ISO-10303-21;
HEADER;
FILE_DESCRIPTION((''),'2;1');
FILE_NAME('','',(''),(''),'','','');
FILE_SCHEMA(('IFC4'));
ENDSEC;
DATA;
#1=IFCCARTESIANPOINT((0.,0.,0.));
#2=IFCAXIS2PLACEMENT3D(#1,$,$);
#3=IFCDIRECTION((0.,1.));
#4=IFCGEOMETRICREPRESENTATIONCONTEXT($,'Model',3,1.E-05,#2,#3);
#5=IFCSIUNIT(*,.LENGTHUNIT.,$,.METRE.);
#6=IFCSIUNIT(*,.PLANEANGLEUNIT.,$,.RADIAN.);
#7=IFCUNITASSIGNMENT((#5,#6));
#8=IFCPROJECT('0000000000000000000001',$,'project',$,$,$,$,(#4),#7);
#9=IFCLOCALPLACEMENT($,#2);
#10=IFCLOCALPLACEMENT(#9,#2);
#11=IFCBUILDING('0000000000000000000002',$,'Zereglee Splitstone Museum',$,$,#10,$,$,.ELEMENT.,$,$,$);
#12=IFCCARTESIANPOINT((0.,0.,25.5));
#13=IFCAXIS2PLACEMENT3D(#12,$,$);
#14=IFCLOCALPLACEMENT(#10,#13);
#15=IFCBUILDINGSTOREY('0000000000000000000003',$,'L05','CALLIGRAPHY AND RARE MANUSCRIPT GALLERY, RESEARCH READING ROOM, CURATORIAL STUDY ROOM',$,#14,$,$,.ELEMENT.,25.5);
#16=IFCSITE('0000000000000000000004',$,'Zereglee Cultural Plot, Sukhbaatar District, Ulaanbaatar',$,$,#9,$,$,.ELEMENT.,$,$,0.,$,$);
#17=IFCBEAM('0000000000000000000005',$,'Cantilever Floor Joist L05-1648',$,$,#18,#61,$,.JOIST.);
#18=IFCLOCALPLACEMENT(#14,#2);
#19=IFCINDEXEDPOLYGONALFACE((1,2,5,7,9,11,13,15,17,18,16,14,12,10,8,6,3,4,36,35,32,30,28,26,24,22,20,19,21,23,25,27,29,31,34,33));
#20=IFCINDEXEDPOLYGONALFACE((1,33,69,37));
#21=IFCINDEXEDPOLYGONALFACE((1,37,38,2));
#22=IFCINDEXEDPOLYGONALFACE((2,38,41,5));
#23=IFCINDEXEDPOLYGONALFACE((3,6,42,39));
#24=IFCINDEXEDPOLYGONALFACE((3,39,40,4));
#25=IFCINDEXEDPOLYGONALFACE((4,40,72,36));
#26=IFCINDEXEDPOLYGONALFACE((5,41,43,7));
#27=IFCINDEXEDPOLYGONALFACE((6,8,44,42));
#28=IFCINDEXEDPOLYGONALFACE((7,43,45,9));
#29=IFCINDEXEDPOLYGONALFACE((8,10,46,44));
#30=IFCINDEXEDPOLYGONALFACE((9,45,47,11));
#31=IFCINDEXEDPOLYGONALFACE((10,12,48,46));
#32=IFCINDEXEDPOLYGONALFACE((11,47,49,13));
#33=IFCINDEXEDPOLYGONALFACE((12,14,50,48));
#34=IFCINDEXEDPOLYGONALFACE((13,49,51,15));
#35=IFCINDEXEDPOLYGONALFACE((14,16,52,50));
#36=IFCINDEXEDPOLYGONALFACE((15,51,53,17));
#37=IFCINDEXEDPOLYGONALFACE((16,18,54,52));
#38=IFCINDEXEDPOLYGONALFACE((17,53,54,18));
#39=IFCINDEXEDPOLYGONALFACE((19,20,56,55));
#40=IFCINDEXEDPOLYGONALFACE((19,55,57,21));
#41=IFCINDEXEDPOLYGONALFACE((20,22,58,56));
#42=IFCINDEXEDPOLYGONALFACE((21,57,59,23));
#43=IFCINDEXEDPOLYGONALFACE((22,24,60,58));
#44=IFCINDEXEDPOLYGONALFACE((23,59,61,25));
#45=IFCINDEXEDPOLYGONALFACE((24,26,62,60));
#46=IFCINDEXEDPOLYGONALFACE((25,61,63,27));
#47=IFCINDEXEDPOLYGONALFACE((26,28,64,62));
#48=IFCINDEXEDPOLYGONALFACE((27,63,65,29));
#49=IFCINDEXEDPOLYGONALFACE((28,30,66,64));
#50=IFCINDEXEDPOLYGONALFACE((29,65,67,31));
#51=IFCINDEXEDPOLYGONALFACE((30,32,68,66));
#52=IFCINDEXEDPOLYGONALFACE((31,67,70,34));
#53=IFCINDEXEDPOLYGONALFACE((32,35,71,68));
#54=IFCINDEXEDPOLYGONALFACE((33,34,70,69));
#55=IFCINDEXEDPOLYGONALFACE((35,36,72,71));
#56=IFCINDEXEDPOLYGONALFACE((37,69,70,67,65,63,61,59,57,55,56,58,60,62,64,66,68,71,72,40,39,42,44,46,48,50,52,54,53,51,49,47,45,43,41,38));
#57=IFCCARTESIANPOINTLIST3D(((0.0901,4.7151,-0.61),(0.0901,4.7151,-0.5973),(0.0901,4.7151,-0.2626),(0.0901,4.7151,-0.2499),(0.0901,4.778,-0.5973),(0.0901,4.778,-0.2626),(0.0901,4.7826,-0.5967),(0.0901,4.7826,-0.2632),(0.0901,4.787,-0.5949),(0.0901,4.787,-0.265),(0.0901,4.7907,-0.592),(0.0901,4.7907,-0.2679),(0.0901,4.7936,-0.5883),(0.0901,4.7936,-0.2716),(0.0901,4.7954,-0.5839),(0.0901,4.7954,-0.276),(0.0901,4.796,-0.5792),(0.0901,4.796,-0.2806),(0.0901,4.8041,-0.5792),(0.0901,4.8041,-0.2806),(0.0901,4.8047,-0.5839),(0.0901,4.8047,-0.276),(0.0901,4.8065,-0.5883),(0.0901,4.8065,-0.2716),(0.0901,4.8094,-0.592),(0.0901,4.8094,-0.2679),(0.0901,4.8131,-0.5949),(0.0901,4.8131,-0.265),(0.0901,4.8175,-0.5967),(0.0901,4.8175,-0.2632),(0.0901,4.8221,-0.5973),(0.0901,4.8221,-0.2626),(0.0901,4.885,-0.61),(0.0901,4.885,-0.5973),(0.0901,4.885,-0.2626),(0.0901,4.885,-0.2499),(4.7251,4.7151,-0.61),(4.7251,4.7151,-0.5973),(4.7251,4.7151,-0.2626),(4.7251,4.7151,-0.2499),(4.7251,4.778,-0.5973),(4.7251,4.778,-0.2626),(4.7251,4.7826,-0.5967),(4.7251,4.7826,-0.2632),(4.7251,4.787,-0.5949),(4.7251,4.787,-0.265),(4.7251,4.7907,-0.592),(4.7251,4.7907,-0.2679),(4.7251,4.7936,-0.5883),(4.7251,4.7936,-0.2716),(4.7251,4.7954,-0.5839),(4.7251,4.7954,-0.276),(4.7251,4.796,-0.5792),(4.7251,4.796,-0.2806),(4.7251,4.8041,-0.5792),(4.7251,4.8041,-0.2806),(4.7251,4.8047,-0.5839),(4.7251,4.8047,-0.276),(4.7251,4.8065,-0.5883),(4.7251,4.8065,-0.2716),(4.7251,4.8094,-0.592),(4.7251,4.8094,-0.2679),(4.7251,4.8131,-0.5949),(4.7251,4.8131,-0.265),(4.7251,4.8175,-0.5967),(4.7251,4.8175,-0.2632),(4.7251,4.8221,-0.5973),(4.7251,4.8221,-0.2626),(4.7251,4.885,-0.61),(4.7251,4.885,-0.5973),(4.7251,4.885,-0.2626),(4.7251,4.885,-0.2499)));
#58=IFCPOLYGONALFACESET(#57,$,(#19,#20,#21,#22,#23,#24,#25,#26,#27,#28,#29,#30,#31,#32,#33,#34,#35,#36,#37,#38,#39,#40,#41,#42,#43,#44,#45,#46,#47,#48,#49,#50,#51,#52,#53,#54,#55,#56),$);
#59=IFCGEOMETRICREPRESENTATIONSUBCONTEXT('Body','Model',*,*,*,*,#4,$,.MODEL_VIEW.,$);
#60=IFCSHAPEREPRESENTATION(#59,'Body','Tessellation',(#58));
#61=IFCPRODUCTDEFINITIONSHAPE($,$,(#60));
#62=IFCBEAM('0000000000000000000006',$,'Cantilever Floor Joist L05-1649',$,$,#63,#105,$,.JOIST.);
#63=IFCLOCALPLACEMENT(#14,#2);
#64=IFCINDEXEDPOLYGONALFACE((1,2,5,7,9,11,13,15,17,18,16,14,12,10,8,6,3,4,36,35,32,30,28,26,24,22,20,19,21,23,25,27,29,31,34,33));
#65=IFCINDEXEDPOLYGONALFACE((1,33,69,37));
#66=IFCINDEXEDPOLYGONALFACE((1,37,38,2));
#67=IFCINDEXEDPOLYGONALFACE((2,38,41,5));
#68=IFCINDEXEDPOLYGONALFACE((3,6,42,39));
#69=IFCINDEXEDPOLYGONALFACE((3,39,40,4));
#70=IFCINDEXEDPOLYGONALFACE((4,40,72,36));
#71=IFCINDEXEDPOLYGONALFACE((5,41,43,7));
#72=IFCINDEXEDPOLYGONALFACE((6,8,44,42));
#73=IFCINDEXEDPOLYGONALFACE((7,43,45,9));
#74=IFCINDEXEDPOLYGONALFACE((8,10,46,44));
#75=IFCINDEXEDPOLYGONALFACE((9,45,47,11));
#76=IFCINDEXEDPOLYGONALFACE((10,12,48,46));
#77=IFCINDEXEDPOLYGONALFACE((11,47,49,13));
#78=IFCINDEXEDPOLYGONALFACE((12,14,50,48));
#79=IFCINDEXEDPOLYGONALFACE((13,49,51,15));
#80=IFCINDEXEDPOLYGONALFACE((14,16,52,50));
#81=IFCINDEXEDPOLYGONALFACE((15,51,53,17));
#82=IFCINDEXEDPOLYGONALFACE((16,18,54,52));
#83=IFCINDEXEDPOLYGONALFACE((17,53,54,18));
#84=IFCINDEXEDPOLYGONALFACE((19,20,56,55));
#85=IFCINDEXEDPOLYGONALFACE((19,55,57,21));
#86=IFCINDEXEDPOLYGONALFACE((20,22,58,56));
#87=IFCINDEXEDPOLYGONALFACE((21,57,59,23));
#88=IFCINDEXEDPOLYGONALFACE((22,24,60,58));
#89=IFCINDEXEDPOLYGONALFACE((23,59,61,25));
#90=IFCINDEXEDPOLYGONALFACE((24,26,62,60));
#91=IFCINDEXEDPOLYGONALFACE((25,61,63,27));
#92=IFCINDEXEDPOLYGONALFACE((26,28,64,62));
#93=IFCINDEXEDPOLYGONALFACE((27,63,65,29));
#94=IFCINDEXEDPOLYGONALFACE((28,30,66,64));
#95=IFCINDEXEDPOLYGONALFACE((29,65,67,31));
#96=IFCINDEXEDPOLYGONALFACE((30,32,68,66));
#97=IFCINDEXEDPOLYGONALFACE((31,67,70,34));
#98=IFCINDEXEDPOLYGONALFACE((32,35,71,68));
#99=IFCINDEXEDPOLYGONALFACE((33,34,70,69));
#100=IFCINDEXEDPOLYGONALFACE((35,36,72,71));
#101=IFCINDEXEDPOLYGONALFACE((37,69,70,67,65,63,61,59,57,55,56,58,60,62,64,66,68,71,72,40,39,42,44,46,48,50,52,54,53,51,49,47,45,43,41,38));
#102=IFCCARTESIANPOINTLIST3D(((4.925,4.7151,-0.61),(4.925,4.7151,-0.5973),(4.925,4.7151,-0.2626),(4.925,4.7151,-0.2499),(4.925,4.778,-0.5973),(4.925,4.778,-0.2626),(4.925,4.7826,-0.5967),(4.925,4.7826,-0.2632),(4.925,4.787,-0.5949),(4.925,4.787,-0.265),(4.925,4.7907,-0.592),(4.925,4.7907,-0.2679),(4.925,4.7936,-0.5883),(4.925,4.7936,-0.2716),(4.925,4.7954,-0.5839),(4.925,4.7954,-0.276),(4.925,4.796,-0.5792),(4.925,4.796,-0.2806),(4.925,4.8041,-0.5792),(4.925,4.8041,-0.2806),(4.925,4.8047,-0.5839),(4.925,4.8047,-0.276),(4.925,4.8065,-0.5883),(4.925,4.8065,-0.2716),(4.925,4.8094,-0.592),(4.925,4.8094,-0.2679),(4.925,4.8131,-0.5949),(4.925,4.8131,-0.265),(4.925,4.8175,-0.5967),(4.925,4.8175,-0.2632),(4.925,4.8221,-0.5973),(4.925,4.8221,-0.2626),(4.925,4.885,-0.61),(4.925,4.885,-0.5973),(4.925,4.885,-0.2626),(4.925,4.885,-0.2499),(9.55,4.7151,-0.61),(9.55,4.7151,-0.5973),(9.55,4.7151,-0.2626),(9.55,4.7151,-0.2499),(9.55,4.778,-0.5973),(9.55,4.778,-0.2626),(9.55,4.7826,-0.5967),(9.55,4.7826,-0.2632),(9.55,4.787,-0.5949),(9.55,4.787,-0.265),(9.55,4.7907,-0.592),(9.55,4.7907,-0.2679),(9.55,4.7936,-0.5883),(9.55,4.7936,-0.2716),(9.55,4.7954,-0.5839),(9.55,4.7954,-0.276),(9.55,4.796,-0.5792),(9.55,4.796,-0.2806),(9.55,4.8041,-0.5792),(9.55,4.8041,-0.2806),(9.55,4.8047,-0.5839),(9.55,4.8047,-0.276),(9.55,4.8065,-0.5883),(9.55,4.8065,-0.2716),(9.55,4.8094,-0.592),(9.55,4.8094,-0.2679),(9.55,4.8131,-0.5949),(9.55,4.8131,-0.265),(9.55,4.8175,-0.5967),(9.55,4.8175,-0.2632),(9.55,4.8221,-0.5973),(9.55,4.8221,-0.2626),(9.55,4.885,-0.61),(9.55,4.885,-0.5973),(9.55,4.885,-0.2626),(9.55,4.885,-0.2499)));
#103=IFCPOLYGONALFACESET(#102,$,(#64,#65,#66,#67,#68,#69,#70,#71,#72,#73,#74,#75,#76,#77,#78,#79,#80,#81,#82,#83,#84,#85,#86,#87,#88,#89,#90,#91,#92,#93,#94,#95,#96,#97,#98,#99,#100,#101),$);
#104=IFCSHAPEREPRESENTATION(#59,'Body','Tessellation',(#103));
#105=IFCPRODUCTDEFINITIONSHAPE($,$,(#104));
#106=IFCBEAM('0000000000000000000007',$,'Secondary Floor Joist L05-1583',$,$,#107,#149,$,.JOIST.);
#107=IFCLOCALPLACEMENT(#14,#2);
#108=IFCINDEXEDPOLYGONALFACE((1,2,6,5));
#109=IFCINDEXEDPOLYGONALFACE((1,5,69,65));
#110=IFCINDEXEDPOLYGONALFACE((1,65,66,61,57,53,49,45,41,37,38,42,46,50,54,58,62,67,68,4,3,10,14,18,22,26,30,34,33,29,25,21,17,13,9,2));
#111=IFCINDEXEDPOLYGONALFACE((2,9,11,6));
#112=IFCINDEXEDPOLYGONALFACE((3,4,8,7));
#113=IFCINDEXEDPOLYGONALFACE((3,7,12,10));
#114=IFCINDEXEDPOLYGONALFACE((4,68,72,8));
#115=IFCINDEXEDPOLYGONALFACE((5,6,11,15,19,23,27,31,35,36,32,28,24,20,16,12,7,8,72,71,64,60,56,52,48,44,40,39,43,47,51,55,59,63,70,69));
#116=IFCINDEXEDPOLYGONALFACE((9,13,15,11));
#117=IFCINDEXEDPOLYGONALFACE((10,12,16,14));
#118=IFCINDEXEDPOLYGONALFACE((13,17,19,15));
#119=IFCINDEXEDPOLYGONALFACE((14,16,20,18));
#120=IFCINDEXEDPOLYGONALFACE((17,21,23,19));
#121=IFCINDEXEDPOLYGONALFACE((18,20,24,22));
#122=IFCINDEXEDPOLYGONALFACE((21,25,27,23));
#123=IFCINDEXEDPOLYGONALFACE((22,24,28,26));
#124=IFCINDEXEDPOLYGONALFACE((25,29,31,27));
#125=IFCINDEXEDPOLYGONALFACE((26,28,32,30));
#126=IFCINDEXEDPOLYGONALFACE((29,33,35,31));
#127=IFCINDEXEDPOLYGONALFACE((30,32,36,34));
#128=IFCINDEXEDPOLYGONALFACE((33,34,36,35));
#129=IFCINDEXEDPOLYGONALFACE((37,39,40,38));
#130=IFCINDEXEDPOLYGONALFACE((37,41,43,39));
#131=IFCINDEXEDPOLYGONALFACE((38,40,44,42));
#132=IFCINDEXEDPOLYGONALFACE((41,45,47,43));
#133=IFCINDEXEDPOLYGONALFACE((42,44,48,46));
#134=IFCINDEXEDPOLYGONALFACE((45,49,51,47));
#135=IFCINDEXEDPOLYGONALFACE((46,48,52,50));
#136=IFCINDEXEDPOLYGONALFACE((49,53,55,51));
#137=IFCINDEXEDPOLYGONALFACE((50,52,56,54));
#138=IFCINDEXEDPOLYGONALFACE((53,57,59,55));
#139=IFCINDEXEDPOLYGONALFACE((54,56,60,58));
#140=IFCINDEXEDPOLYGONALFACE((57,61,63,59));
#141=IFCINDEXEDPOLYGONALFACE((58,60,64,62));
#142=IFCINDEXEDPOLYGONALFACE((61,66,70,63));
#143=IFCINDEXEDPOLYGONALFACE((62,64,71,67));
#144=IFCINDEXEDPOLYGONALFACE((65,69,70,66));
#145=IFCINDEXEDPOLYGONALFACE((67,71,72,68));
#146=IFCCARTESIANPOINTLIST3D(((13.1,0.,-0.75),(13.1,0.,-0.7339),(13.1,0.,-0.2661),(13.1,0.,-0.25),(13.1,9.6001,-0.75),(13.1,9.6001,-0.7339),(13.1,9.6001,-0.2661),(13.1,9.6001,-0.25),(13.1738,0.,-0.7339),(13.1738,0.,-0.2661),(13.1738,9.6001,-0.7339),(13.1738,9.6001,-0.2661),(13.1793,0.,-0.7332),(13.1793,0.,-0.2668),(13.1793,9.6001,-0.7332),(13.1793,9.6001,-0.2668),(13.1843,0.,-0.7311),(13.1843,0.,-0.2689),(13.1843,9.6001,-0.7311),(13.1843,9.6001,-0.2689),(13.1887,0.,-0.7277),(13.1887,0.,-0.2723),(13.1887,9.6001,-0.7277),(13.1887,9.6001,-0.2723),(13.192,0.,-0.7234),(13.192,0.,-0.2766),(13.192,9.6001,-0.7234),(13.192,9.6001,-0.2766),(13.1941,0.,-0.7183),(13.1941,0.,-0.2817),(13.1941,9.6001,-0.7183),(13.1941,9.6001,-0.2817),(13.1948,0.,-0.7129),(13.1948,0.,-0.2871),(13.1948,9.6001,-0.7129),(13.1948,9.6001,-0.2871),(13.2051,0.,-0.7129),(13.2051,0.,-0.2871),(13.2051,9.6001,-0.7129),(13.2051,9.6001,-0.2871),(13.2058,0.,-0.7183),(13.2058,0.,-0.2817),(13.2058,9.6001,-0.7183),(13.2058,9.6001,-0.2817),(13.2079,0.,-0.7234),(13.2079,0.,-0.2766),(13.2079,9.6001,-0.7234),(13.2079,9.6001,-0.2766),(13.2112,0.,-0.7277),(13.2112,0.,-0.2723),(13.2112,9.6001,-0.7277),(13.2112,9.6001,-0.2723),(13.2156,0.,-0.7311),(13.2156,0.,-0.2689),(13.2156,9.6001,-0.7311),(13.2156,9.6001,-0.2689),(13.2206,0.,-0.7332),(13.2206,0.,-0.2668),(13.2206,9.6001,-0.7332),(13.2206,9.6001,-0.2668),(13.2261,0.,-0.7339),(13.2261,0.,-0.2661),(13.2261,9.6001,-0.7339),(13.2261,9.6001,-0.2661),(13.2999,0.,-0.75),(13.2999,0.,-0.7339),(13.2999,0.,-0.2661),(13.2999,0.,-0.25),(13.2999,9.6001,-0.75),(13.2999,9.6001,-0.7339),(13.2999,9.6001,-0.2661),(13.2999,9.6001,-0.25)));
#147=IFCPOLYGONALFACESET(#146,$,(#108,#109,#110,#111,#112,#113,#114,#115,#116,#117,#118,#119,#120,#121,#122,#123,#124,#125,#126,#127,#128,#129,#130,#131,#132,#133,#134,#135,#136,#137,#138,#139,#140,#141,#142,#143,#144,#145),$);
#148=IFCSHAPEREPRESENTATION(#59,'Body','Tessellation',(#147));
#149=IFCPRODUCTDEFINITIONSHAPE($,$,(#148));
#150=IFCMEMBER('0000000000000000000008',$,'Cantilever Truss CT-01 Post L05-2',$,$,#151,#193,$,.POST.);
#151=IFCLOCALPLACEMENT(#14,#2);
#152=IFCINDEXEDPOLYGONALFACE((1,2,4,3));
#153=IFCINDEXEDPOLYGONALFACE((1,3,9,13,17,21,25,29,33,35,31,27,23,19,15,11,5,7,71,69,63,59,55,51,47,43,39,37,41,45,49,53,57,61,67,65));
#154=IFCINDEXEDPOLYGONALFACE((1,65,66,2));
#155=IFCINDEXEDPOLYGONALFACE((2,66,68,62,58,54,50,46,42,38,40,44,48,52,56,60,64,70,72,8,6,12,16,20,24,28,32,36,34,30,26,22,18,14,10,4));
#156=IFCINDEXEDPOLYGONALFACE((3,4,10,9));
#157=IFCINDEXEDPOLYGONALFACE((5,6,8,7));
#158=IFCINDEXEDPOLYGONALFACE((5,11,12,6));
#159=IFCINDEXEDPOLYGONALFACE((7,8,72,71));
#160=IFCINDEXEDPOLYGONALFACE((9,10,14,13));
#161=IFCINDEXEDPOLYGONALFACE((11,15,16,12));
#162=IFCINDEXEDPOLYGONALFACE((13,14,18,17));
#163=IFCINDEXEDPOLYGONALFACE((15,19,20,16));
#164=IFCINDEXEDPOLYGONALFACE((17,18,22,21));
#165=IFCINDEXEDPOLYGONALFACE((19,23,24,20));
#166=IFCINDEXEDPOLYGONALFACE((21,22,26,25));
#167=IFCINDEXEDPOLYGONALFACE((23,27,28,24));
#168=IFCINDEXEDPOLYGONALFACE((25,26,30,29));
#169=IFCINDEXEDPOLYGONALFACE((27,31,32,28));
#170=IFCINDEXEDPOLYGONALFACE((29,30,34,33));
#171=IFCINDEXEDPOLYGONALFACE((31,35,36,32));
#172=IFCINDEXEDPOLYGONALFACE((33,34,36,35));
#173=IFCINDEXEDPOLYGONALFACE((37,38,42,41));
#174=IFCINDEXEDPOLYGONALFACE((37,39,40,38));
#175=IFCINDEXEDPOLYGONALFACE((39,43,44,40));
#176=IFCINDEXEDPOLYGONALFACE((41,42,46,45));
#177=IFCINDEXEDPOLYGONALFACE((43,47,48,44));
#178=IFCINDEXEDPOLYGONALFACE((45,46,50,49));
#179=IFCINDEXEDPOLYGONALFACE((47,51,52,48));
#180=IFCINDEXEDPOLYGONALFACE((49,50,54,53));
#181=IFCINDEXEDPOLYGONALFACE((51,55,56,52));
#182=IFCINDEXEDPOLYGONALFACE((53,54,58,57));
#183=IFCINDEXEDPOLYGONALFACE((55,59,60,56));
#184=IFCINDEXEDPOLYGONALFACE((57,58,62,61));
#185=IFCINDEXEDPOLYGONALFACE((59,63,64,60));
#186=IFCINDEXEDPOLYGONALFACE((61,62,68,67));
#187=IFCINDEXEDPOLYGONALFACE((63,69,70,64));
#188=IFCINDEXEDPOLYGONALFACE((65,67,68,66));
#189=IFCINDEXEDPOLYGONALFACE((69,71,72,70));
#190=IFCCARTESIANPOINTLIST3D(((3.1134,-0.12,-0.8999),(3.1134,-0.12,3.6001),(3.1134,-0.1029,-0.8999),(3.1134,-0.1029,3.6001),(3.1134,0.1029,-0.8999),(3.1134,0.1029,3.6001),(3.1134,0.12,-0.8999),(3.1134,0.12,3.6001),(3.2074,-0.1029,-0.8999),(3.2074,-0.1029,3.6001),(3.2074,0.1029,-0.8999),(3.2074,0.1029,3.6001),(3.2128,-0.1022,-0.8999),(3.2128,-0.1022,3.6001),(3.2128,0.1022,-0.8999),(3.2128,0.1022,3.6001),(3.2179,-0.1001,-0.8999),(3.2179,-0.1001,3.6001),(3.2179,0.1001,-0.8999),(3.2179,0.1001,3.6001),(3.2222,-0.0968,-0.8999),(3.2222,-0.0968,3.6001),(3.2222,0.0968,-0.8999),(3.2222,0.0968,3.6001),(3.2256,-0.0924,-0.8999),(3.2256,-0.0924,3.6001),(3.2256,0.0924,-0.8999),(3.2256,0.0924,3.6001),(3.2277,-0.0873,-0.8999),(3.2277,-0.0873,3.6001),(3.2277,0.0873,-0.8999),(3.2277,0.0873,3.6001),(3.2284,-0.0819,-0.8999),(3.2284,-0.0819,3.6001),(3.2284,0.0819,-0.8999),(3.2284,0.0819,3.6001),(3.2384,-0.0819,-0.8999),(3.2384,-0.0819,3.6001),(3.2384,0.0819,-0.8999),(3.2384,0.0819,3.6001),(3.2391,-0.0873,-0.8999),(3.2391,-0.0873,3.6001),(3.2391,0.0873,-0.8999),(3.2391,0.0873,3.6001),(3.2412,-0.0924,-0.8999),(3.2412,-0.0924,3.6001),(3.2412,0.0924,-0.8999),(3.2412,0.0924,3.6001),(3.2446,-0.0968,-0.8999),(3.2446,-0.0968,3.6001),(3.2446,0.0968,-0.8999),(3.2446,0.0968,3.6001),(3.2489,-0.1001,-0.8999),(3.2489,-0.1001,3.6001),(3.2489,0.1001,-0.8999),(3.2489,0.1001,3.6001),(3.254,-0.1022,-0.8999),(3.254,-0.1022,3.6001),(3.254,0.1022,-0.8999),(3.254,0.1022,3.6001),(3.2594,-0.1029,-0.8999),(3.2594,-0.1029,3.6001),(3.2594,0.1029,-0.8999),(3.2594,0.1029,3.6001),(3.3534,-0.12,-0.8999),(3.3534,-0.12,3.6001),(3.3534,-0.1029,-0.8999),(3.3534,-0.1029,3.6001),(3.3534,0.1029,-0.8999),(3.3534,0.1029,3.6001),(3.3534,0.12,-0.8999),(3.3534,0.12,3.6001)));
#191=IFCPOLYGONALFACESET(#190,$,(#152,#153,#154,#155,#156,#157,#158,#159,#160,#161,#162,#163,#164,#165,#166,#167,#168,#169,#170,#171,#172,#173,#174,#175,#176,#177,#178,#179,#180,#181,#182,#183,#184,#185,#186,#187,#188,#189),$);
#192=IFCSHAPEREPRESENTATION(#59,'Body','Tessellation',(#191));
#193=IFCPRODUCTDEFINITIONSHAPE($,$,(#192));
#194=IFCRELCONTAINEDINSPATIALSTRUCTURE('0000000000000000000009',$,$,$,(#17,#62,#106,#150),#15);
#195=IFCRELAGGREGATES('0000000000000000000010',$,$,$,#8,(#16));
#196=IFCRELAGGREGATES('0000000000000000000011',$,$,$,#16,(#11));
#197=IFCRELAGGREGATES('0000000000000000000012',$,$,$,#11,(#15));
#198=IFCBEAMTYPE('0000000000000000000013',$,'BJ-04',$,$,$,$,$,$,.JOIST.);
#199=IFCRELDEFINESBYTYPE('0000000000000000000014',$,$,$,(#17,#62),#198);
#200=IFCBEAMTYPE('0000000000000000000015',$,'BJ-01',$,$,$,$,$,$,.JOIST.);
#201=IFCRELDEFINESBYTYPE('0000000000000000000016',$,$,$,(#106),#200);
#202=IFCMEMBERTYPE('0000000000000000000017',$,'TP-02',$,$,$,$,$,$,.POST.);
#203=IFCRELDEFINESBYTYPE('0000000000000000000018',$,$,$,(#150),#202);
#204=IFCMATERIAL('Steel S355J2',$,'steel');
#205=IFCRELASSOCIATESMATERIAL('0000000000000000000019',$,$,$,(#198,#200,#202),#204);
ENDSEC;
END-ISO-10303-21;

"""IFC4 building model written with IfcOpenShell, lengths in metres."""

from ifc_helpers import new_model, si_unit, direction, frame, origin, origin_2d, place, context, subcontext, project, spatial, i_section, extrude, material, material_profile, profile_set, type_object, element, save


model = new_model("IFC4")

# Units and contexts
model_context = context("Model", 3, precision=1e-05, world=origin(), true_north=direction((0.0, 1.0)))
body_context = subcontext(model_context, "Body", "Model", "MODEL_VIEW")
ifc_project = project(units=[si_unit("LENGTHUNIT", "METRE"), si_unit("PLANEANGLEUNIT", "RADIAN")], contexts=[model_context])

# Site, building, storey
site_placement = place(None, origin())
site = spatial("IfcSite", under=ifc_project, at=site_placement, Name="Zereglee Cultural Plot, Sukhbaatar District, Ulaanbaatar", CompositionType="ELEMENT", RefElevation=0.0)
building_placement = place(site_placement, origin())
building = spatial("IfcBuilding", under=site, at=building_placement, Name="Zereglee Splitstone Museum", CompositionType="ELEMENT")
storey_placement = place(building_placement, frame((0.0, 0.0, 25.5)))
storey = spatial("IfcBuildingStorey", under=building, at=storey_placement, Name="L05", Description="CALLIGRAPHY AND RARE MANUSCRIPT GALLERY, RESEARCH READING ROOM, CURATORIAL STUDY ROOM", CompositionType="ELEMENT", Elevation=25.5)

# Beams
ifc_material_1 = material(Name="Steel S355J2", Category="steel")
ifc_material_profile_1 = material_profile(ifc_material_1, i_section(OverallWidth=0.1699, OverallDepth=0.3601, WebThickness=0.0081, FlangeThickness=0.0127, FilletRadius=0.0181, at=origin_2d()), Name="IPE 360")
ifc_profile_set_1 = profile_set([ifc_material_profile_1], Name="Steel S355J2")
beam_type_1 = type_object("IfcBeamType", Name="BJ-04", PredefinedType="JOIST", material=ifc_profile_set_1)
beam_1_placement = place(storey_placement, frame((0.0901, 4.8, -0.4299), z_axis=(1.0, 0.0, 0.0), x_axis=(0.0, 1.0, 0.0)))
element("IfcBeam", 1, at=beam_1_placement, inside=storey, type_object=beam_type_1, Name="Cantilever Floor Joist L05-1648", PredefinedType="JOIST", context=body_context, shape_type="SweptSolid", body=[
    extrude(i_section(OverallWidth=0.1699, OverallDepth=0.3601, WebThickness=0.0081, FlangeThickness=0.0127, FilletRadius=0.0181, at=origin_2d()), origin(), (0.0, 0.0, 1.0), 4.635),
])
beam_2_placement = place(storey_placement, frame((4.925, 4.8, -0.4299), z_axis=(1.0, 0.0, 0.0), x_axis=(0.0, 1.0, 0.0)))
element("IfcBeam", 2, at=beam_2_placement, inside=storey, type_object=beam_type_1, Name="Cantilever Floor Joist L05-1649", PredefinedType="JOIST", context=body_context, shape_type="SweptSolid", body=[
    extrude(i_section(OverallWidth=0.1699, OverallDepth=0.3601, WebThickness=0.0081, FlangeThickness=0.0127, FilletRadius=0.0181, at=origin_2d()), origin(), (0.0, 0.0, 1.0), 4.625),
])
ifc_material_profile_2 = material_profile(ifc_material_1, i_section(OverallWidth=0.2, OverallDepth=0.5, WebThickness=0.0103, FlangeThickness=0.0161, FilletRadius=0.021, at=origin_2d()), Name="IPE 500")
ifc_profile_set_2 = profile_set([ifc_material_profile_2], Name="Steel S355J2")
beam_type_2 = type_object("IfcBeamType", Name="BJ-01", PredefinedType="JOIST", material=ifc_profile_set_2)
beam_3_placement = place(storey_placement, frame((13.2, 0.0, -0.5), z_axis=(0.0, 1.0, 0.0), x_axis=(-1.0, 0.0, 0.0)))
element("IfcBeam", 3, at=beam_3_placement, inside=storey, type_object=beam_type_2, Name="Secondary Floor Joist L05-1583", PredefinedType="JOIST", context=body_context, shape_type="SweptSolid", body=[
    extrude(i_section(OverallWidth=0.2, OverallDepth=0.5, WebThickness=0.0103, FlangeThickness=0.0161, FilletRadius=0.021, at=origin_2d()), origin(), (0.0, 0.0, 1.0), 9.6001),
])

# Member
ifc_material_profile_3 = material_profile(ifc_material_1, i_section(OverallWidth=0.24, OverallDepth=0.24, WebThickness=0.01, FlangeThickness=0.0171, FilletRadius=0.021, at=origin_2d()), Name="HE 240 B")
ifc_profile_set_3 = profile_set([ifc_material_profile_3], Name="Steel S355J2")
member_type_1 = type_object("IfcMemberType", Name="TP-02", PredefinedType="POST", material=ifc_profile_set_3)
for number, where, z_axis, x_axis, name in (
    (4, (3.2334, 0.0, -0.8999), (0.0, 0.0, 1.0), (1.0, 0.0, 0.0), "Cantilever Truss CT-01 Post L05-2"),
):
    element("IfcMember", number, at=place(storey_placement, frame(where, z_axis=z_axis, x_axis=x_axis)), inside=storey, type_object=member_type_1, Name=name, PredefinedType="POST", context=body_context, shape_type="SweptSolid", body=[
        extrude(i_section(OverallWidth=0.24, OverallDepth=0.24, WebThickness=0.01, FlangeThickness=0.0171, FilletRadius=0.021, at=origin_2d()), origin(), (0.0, 0.0, 1.0), 4.5),
    ])

save(model, "model.ifc")
